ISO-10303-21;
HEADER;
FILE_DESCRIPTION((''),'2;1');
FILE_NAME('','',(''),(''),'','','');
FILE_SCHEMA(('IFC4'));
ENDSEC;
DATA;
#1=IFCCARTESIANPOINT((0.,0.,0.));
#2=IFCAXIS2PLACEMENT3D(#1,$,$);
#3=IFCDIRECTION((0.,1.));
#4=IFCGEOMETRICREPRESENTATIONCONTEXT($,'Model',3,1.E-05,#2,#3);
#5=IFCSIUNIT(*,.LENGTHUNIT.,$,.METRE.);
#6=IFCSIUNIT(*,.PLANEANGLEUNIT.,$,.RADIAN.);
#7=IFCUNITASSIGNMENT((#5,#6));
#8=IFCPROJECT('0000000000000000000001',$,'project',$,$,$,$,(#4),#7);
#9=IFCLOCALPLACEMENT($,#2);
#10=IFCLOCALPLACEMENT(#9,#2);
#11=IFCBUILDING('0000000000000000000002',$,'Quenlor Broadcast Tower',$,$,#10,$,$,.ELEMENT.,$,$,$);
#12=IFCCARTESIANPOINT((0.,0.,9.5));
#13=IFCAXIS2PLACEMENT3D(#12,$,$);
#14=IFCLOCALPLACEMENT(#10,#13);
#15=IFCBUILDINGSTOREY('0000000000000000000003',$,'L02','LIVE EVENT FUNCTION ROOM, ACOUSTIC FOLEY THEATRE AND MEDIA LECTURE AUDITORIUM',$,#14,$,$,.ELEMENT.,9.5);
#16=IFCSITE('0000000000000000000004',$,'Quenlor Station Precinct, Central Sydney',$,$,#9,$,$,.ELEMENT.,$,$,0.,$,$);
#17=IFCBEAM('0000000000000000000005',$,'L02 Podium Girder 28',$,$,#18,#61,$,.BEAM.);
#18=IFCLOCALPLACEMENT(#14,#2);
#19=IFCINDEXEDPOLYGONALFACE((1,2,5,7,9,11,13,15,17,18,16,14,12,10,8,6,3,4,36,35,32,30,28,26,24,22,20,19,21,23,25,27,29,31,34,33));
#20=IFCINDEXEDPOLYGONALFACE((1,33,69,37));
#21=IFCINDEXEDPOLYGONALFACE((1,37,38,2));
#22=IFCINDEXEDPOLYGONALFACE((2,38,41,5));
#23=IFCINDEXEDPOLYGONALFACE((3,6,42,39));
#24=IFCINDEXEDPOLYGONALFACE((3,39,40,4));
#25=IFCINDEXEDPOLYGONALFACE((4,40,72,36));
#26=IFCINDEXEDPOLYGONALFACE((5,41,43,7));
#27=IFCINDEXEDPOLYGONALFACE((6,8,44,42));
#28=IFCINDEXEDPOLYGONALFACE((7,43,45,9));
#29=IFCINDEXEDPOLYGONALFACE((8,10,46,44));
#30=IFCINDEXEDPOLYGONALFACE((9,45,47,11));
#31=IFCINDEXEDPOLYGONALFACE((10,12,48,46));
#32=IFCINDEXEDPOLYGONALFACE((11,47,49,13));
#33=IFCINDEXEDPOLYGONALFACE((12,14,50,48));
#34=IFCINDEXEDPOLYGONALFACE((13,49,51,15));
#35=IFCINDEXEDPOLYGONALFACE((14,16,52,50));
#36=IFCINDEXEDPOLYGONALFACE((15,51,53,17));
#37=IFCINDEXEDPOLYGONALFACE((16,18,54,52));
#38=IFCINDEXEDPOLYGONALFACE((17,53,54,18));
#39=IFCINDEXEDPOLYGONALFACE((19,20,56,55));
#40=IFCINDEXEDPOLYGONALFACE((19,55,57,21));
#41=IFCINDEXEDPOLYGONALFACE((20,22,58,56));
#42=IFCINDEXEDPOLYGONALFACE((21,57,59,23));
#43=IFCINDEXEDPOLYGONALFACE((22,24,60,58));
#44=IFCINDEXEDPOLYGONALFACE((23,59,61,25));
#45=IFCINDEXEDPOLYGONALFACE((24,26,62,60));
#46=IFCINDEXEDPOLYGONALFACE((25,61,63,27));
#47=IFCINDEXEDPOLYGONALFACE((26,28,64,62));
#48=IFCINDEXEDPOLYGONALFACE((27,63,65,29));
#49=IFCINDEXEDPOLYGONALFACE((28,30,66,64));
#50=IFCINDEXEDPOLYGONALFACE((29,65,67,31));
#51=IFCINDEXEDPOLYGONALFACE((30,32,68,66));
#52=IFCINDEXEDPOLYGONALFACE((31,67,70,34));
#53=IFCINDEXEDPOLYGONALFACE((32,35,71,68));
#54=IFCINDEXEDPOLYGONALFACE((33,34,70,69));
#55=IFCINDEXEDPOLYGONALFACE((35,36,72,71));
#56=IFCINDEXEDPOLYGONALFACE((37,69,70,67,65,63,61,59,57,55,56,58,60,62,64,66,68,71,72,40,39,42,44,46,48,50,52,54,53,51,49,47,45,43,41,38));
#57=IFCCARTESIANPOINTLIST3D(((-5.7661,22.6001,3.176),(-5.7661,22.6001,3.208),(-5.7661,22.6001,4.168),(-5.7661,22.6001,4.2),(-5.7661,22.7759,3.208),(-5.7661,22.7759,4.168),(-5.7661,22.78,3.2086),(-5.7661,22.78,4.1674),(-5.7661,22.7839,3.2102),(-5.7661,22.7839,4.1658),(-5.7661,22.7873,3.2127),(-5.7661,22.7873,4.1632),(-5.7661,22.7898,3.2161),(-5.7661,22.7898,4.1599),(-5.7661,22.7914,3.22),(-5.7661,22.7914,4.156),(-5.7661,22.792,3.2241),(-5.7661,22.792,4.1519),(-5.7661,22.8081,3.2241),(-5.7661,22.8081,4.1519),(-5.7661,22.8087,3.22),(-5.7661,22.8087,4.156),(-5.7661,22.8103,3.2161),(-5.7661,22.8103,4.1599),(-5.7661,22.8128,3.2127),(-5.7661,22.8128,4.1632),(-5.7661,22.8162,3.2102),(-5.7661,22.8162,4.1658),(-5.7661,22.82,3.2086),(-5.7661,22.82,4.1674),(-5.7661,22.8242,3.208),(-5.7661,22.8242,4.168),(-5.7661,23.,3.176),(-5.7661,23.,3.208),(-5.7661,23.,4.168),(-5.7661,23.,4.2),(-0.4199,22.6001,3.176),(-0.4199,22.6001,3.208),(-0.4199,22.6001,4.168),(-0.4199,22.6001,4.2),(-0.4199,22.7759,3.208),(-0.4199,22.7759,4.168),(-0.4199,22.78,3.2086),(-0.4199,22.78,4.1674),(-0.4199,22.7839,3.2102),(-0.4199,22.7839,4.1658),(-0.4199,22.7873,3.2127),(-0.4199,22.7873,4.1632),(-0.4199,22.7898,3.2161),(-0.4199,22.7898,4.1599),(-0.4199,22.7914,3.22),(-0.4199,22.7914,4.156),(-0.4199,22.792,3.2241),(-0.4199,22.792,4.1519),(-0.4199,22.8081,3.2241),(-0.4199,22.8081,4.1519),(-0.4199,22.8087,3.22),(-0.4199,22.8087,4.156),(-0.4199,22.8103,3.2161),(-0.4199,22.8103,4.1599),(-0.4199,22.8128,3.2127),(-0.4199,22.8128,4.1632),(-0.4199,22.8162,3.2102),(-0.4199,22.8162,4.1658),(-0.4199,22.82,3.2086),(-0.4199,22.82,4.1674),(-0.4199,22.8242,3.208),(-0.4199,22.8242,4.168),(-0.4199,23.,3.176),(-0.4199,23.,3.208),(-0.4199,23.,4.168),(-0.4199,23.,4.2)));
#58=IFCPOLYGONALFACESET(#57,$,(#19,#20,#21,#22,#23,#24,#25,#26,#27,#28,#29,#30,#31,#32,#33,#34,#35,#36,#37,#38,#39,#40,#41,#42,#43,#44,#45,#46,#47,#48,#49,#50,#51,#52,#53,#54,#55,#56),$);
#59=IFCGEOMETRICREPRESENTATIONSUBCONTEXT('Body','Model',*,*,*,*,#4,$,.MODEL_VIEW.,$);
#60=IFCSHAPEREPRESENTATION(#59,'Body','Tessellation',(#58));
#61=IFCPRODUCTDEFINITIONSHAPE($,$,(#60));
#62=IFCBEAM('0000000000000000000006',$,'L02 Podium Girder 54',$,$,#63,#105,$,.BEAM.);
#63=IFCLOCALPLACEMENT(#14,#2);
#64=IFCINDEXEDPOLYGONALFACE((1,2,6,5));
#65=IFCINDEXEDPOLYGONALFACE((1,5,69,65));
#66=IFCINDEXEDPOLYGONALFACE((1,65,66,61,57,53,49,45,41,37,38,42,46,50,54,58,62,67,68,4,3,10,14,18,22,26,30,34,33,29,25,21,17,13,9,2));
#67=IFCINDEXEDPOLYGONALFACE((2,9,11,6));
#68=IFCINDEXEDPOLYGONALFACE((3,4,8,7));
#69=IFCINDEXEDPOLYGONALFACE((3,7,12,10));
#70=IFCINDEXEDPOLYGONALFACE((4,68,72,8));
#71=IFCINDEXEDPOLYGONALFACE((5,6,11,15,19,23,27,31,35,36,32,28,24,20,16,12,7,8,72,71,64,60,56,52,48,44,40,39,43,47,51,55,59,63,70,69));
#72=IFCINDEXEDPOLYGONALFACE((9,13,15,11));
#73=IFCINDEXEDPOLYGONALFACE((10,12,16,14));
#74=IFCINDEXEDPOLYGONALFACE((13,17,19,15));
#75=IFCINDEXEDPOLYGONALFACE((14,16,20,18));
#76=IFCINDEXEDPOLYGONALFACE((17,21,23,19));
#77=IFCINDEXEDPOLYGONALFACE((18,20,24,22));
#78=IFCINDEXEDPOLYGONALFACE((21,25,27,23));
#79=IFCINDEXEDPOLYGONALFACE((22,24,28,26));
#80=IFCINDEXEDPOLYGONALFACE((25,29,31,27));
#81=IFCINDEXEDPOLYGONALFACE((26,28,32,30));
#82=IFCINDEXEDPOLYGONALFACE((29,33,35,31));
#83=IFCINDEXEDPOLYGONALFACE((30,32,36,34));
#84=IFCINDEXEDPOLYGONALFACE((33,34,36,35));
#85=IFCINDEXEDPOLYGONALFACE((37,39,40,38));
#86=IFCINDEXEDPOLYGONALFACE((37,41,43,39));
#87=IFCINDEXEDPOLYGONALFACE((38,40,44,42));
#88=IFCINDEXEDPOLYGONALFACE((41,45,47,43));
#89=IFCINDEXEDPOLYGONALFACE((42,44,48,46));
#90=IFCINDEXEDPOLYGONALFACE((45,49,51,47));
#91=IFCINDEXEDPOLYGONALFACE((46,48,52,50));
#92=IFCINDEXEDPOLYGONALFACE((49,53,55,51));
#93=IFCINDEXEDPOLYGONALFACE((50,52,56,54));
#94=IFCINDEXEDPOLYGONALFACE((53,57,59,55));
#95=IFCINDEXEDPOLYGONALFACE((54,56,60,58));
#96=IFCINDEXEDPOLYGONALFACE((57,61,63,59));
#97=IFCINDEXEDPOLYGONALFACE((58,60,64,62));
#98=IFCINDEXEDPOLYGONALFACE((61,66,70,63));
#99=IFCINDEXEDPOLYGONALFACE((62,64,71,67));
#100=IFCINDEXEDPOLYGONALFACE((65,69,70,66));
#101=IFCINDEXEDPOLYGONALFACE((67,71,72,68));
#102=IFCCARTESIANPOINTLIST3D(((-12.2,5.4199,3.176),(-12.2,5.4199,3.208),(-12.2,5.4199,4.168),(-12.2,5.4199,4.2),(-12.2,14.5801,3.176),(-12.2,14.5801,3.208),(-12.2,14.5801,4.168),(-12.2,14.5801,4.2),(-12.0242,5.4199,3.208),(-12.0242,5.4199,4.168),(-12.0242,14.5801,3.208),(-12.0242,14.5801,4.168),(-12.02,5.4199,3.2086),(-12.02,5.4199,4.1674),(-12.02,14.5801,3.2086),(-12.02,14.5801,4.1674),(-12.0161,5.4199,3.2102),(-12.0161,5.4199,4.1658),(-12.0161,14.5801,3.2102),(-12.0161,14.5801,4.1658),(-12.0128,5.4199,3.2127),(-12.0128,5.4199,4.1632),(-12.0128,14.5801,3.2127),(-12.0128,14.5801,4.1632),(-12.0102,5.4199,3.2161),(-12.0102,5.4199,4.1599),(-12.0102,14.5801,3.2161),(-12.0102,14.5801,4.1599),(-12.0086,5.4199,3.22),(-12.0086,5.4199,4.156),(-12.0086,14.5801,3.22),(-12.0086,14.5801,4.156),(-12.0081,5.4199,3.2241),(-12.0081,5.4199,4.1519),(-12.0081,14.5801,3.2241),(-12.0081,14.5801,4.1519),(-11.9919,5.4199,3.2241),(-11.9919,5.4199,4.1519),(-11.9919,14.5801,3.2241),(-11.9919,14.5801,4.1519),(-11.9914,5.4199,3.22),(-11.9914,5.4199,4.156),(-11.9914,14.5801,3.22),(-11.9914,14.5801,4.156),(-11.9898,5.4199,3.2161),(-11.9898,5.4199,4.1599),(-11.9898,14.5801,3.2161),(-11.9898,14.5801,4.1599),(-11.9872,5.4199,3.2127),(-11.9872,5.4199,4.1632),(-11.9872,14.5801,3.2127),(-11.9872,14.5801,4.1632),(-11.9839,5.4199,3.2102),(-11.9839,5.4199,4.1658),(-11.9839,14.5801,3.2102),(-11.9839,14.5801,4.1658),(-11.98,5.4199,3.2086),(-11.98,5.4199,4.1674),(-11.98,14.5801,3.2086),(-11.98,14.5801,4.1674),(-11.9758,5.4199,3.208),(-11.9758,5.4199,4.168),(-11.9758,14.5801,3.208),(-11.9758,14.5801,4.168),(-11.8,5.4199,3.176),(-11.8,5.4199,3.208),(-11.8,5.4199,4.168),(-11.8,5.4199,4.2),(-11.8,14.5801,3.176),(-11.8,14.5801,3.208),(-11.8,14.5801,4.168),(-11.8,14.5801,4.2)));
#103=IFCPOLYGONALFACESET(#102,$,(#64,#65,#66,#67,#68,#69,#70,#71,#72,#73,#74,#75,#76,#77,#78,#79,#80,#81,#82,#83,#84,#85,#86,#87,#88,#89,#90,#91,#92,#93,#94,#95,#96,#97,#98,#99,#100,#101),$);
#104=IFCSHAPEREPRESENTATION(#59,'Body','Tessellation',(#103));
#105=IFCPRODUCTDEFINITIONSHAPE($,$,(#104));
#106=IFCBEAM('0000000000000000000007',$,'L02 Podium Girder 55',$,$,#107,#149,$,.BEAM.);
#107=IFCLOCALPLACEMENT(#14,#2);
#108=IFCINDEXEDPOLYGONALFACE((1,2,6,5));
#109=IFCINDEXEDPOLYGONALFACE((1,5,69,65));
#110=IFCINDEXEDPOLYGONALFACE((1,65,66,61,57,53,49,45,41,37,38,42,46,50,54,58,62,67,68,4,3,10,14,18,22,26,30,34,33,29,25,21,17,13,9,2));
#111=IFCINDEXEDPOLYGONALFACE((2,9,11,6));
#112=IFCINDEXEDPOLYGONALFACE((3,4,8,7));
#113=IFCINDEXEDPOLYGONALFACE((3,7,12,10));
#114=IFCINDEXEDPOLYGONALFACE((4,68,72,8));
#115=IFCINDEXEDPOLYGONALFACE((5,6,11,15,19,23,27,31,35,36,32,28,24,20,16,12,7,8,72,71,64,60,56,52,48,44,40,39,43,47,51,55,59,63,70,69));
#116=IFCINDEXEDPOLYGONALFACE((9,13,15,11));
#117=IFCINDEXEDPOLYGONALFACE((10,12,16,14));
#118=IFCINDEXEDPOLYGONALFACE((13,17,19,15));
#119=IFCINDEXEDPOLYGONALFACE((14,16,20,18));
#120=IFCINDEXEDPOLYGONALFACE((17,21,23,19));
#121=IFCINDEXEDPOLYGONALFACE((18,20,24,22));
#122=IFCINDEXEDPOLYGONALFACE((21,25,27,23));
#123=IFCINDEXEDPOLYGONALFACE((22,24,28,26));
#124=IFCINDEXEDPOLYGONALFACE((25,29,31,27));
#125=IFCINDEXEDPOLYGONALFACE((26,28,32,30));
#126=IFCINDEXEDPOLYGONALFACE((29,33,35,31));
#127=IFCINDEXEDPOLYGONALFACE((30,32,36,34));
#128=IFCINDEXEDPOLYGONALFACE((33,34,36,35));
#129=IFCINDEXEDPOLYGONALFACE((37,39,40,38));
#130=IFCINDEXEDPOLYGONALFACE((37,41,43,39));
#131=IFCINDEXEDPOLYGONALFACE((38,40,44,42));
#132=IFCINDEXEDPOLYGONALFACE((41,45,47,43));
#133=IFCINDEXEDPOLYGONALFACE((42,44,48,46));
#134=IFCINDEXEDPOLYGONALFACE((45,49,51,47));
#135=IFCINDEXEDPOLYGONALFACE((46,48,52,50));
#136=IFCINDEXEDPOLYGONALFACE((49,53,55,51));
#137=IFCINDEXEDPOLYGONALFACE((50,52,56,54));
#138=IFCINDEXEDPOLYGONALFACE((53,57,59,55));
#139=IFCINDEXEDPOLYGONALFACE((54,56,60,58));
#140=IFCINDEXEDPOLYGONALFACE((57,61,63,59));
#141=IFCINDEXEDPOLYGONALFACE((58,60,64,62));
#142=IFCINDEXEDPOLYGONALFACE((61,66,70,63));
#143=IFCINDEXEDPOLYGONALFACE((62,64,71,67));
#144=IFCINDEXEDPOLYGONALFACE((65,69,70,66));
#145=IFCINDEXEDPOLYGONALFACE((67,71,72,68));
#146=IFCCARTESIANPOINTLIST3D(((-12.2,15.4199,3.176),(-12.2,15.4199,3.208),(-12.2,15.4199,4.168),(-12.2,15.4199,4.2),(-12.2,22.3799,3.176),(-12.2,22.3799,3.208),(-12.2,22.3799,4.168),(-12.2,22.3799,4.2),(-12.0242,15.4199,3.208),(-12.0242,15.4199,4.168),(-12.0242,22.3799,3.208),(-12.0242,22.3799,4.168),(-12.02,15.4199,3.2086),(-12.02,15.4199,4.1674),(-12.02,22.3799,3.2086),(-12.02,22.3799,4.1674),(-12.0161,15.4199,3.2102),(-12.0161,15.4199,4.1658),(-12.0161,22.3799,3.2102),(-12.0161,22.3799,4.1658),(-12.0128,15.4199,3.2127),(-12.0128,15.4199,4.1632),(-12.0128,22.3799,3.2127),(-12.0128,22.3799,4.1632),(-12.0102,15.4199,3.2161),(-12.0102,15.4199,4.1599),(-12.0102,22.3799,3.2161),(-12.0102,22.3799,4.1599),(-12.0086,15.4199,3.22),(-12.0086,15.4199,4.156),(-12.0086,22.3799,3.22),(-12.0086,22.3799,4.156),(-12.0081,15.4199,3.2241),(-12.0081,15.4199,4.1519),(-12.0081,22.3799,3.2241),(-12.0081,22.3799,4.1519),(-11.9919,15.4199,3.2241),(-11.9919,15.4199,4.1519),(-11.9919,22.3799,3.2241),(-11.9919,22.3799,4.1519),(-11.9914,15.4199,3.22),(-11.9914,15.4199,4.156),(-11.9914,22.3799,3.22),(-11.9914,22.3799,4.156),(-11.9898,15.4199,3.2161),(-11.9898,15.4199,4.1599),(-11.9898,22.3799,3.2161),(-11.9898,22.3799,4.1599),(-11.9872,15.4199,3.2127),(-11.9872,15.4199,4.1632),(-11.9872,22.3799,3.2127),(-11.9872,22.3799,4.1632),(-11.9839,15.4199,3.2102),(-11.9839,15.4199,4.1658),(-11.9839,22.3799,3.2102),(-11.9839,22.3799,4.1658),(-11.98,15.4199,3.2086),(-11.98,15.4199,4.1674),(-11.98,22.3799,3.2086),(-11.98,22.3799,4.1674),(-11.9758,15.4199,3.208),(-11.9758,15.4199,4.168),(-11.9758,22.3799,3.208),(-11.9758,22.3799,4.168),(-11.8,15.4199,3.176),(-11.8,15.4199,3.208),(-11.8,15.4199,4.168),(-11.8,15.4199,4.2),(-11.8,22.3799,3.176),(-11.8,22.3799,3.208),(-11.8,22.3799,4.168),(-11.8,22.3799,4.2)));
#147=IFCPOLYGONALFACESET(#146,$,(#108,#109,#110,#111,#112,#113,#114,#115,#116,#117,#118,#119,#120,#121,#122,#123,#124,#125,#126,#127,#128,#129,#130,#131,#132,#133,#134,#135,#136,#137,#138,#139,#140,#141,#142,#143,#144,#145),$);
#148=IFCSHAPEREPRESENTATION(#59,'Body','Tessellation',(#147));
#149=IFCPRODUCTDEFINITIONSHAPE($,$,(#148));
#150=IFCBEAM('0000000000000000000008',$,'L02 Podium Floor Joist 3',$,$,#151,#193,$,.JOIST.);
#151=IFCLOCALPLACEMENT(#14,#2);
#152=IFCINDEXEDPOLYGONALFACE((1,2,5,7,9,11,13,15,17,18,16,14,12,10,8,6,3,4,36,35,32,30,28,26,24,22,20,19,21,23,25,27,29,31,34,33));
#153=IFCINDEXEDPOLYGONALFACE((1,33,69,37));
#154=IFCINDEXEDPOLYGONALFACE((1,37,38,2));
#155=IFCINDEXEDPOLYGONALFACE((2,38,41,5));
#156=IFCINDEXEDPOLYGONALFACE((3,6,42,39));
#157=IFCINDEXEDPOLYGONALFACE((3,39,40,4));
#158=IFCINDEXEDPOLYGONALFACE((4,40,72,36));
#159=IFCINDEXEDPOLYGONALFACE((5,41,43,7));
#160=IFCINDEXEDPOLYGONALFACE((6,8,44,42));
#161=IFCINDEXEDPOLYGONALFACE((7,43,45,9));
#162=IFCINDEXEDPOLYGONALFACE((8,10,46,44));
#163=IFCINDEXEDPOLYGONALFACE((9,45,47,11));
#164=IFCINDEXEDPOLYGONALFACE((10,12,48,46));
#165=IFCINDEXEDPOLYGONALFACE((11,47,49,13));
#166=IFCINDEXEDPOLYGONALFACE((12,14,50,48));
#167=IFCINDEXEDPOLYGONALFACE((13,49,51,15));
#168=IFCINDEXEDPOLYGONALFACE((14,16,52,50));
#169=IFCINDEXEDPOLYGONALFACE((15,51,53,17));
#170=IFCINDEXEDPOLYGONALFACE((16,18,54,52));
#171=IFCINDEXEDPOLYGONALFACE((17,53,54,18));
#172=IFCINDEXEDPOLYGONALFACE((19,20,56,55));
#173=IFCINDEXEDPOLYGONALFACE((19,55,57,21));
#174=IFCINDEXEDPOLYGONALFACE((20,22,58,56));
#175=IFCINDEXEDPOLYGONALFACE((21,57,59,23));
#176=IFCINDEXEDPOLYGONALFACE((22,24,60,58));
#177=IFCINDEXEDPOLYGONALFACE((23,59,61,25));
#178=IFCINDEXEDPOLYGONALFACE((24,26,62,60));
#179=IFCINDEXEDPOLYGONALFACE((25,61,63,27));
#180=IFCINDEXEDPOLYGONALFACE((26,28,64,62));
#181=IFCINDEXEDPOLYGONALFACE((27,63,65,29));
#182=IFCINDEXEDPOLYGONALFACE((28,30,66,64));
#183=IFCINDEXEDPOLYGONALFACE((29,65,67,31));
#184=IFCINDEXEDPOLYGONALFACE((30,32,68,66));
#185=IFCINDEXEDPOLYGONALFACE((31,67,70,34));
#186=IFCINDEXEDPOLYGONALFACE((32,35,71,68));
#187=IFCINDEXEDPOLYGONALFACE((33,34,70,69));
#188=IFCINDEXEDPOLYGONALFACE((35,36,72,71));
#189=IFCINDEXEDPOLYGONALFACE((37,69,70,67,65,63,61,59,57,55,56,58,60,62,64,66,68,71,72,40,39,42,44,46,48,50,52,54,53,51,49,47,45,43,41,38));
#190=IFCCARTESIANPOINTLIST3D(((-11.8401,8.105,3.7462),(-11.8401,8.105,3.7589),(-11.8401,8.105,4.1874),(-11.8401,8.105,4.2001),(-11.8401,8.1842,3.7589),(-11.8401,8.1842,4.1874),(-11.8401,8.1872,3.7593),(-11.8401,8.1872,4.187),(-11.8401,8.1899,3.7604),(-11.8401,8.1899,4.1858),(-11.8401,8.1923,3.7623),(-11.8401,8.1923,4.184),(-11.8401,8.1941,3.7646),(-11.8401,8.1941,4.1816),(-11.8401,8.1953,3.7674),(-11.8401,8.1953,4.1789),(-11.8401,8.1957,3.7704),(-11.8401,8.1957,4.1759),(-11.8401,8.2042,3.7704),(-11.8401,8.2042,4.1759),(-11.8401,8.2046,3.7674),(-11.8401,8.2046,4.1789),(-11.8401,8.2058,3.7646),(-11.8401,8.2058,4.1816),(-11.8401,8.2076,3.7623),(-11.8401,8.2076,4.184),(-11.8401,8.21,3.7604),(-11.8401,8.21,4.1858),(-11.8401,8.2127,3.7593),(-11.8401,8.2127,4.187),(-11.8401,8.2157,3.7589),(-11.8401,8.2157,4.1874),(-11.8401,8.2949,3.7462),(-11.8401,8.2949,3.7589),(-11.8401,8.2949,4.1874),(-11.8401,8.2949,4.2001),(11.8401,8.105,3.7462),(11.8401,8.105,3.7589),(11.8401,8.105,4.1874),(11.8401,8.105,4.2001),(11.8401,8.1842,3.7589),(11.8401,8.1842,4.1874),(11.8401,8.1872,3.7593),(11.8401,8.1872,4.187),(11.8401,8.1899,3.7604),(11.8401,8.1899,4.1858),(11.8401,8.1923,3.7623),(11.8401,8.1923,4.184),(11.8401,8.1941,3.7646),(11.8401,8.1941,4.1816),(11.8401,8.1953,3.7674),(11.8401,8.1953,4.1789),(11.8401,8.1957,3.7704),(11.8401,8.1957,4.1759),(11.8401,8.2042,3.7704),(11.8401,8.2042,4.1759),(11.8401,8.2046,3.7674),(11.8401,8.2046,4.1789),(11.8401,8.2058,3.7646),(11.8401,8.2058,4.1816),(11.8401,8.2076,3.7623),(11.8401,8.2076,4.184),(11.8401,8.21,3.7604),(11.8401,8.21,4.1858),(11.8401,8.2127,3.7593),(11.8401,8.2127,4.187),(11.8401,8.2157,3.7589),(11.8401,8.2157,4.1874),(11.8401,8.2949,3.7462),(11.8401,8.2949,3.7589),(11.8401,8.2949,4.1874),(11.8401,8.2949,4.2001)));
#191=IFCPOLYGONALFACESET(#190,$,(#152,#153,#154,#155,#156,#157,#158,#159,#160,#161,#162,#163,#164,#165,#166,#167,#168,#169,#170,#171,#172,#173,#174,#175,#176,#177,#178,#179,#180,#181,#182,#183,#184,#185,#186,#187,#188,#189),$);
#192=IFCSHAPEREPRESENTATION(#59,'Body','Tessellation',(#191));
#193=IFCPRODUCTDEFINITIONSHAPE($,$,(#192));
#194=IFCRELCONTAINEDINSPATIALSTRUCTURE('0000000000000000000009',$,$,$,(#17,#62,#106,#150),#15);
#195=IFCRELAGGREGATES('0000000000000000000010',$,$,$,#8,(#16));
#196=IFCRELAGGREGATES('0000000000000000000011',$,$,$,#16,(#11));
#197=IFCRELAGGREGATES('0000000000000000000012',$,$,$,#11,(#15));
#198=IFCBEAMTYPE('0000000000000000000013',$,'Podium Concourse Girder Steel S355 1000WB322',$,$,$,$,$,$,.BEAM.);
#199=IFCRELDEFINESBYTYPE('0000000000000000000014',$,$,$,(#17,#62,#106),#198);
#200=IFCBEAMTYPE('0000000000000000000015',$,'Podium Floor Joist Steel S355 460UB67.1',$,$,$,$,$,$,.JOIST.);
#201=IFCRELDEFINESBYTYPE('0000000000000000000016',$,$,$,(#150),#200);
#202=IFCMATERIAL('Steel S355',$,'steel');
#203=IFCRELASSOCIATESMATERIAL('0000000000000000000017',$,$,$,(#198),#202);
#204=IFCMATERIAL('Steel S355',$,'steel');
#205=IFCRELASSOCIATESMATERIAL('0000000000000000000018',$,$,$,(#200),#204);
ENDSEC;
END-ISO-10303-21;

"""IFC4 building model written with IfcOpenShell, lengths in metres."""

from ifc_helpers import new_model, si_unit, direction, frame, origin, origin_2d, place, context, subcontext, project, spatial, i_section, extrude, material, material_profile, profile_set, type_object, element, save


model = new_model("IFC4")

# Units and contexts
model_context = context("Model", 3, precision=1e-05, world=origin(), true_north=direction((0.0, 1.0)))
body_context = subcontext(model_context, "Body", "Model", "MODEL_VIEW")
ifc_project = project(units=[si_unit("LENGTHUNIT", "METRE"), si_unit("PLANEANGLEUNIT", "RADIAN")], contexts=[model_context])

# Site, building, storey
site_placement = place(None, origin())
site = spatial("IfcSite", under=ifc_project, at=site_placement, Name="Quenlor Station Precinct, Central Sydney", CompositionType="ELEMENT", RefElevation=0.0)
building_placement = place(site_placement, origin())
building = spatial("IfcBuilding", under=site, at=building_placement, Name="Quenlor Broadcast Tower", CompositionType="ELEMENT")
storey_placement = place(building_placement, frame((0.0, 0.0, 9.5)))
storey = spatial("IfcBuildingStorey", under=building, at=storey_placement, Name="L02", Description="LIVE EVENT FUNCTION ROOM, ACOUSTIC FOLEY THEATRE AND MEDIA LECTURE AUDITORIUM", CompositionType="ELEMENT", Elevation=9.5)

# Beams
ifc_material_1 = material(Name="Steel S355", Category="steel")
ifc_material_profile_1 = material_profile(ifc_material_1, i_section(OverallWidth=0.3999, OverallDepth=1.0239, WebThickness=0.0161, FlangeThickness=0.032, FilletRadius=0.0161, at=origin_2d()))
ifc_profile_set_1 = profile_set([ifc_material_profile_1], Name="Steel S355 1000WB322")
beam_type_1 = type_object("IfcBeamType", Name="Podium Concourse Girder Steel S355 1000WB322", PredefinedType="BEAM", material=ifc_profile_set_1)
for number, where, z_axis, x_axis, name in (
    (1, (-5.7661, 22.8, 3.688), (1.0, 0.0, 0.0), (0.0, 1.0, 0.0), "L02 Podium Girder 28"),
):
    element("IfcBeam", number, at=place(storey_placement, frame(where, z_axis=z_axis, x_axis=x_axis)), inside=storey, type_object=beam_type_1, Name=name, PredefinedType="BEAM", context=body_context, shape_type="SweptSolid", body=[
        extrude(i_section(OverallWidth=0.3999, OverallDepth=1.0239, WebThickness=0.0161, FlangeThickness=0.032, FilletRadius=0.0161, at=origin_2d()), origin(), (0.0, 0.0, 1.0), 5.3462),
    ])
beam_1_placement = place(storey_placement, frame((-12.0, 5.4199, 3.688), z_axis=(0.0, 1.0, 0.0), x_axis=(-1.0, 0.0, 0.0)))
element("IfcBeam", 2, at=beam_1_placement, inside=storey, type_object=beam_type_1, Name="L02 Podium Girder 54", PredefinedType="BEAM", context=body_context, shape_type="SweptSolid", body=[
    extrude(i_section(OverallWidth=0.3999, OverallDepth=1.0239, WebThickness=0.0161, FlangeThickness=0.032, FilletRadius=0.0161, at=origin_2d()), origin(), (0.0, 0.0, 1.0), 9.1602),
])
beam_2_placement = place(storey_placement, frame((-12.0, 15.4199, 3.688), z_axis=(0.0, 1.0, 0.0), x_axis=(-1.0, 0.0, 0.0)))
element("IfcBeam", 3, at=beam_2_placement, inside=storey, type_object=beam_type_1, Name="L02 Podium Girder 55", PredefinedType="BEAM", context=body_context, shape_type="SweptSolid", body=[
    extrude(i_section(OverallWidth=0.3999, OverallDepth=1.0239, WebThickness=0.0161, FlangeThickness=0.032, FilletRadius=0.0161, at=origin_2d()), origin(), (0.0, 0.0, 1.0), 6.96),
])
ifc_material_2 = material(Name="Steel S355", Category="steel")
ifc_material_profile_2 = material_profile(ifc_material_2, i_section(OverallWidth=0.1899, OverallDepth=0.4539, WebThickness=0.0085, FlangeThickness=0.0127, FilletRadius=0.0115, at=origin_2d()))
ifc_profile_set_2 = profile_set([ifc_material_profile_2], Name="Steel S355 460UB67.1")
beam_type_2 = type_object("IfcBeamType", Name="Podium Floor Joist Steel S355 460UB67.1", PredefinedType="JOIST", material=ifc_profile_set_2)
for number, where, z_axis, x_axis, name in (
    (4, (-11.8401, 8.2, 3.9731), (1.0, 0.0, 0.0), (0.0, 1.0, 0.0), "L02 Podium Floor Joist 3"),
):
    element("IfcBeam", number, at=place(storey_placement, frame(where, z_axis=z_axis, x_axis=x_axis)), inside=storey, type_object=beam_type_2, Name=name, PredefinedType="JOIST", context=body_context, shape_type="SweptSolid", body=[
        extrude(i_section(OverallWidth=0.1899, OverallDepth=0.4539, WebThickness=0.0085, FlangeThickness=0.0127, FilletRadius=0.0115, at=origin_2d()), origin(), (0.0, 0.0, 1.0), 23.6802),
    ])

save(model, "model.ifc")
